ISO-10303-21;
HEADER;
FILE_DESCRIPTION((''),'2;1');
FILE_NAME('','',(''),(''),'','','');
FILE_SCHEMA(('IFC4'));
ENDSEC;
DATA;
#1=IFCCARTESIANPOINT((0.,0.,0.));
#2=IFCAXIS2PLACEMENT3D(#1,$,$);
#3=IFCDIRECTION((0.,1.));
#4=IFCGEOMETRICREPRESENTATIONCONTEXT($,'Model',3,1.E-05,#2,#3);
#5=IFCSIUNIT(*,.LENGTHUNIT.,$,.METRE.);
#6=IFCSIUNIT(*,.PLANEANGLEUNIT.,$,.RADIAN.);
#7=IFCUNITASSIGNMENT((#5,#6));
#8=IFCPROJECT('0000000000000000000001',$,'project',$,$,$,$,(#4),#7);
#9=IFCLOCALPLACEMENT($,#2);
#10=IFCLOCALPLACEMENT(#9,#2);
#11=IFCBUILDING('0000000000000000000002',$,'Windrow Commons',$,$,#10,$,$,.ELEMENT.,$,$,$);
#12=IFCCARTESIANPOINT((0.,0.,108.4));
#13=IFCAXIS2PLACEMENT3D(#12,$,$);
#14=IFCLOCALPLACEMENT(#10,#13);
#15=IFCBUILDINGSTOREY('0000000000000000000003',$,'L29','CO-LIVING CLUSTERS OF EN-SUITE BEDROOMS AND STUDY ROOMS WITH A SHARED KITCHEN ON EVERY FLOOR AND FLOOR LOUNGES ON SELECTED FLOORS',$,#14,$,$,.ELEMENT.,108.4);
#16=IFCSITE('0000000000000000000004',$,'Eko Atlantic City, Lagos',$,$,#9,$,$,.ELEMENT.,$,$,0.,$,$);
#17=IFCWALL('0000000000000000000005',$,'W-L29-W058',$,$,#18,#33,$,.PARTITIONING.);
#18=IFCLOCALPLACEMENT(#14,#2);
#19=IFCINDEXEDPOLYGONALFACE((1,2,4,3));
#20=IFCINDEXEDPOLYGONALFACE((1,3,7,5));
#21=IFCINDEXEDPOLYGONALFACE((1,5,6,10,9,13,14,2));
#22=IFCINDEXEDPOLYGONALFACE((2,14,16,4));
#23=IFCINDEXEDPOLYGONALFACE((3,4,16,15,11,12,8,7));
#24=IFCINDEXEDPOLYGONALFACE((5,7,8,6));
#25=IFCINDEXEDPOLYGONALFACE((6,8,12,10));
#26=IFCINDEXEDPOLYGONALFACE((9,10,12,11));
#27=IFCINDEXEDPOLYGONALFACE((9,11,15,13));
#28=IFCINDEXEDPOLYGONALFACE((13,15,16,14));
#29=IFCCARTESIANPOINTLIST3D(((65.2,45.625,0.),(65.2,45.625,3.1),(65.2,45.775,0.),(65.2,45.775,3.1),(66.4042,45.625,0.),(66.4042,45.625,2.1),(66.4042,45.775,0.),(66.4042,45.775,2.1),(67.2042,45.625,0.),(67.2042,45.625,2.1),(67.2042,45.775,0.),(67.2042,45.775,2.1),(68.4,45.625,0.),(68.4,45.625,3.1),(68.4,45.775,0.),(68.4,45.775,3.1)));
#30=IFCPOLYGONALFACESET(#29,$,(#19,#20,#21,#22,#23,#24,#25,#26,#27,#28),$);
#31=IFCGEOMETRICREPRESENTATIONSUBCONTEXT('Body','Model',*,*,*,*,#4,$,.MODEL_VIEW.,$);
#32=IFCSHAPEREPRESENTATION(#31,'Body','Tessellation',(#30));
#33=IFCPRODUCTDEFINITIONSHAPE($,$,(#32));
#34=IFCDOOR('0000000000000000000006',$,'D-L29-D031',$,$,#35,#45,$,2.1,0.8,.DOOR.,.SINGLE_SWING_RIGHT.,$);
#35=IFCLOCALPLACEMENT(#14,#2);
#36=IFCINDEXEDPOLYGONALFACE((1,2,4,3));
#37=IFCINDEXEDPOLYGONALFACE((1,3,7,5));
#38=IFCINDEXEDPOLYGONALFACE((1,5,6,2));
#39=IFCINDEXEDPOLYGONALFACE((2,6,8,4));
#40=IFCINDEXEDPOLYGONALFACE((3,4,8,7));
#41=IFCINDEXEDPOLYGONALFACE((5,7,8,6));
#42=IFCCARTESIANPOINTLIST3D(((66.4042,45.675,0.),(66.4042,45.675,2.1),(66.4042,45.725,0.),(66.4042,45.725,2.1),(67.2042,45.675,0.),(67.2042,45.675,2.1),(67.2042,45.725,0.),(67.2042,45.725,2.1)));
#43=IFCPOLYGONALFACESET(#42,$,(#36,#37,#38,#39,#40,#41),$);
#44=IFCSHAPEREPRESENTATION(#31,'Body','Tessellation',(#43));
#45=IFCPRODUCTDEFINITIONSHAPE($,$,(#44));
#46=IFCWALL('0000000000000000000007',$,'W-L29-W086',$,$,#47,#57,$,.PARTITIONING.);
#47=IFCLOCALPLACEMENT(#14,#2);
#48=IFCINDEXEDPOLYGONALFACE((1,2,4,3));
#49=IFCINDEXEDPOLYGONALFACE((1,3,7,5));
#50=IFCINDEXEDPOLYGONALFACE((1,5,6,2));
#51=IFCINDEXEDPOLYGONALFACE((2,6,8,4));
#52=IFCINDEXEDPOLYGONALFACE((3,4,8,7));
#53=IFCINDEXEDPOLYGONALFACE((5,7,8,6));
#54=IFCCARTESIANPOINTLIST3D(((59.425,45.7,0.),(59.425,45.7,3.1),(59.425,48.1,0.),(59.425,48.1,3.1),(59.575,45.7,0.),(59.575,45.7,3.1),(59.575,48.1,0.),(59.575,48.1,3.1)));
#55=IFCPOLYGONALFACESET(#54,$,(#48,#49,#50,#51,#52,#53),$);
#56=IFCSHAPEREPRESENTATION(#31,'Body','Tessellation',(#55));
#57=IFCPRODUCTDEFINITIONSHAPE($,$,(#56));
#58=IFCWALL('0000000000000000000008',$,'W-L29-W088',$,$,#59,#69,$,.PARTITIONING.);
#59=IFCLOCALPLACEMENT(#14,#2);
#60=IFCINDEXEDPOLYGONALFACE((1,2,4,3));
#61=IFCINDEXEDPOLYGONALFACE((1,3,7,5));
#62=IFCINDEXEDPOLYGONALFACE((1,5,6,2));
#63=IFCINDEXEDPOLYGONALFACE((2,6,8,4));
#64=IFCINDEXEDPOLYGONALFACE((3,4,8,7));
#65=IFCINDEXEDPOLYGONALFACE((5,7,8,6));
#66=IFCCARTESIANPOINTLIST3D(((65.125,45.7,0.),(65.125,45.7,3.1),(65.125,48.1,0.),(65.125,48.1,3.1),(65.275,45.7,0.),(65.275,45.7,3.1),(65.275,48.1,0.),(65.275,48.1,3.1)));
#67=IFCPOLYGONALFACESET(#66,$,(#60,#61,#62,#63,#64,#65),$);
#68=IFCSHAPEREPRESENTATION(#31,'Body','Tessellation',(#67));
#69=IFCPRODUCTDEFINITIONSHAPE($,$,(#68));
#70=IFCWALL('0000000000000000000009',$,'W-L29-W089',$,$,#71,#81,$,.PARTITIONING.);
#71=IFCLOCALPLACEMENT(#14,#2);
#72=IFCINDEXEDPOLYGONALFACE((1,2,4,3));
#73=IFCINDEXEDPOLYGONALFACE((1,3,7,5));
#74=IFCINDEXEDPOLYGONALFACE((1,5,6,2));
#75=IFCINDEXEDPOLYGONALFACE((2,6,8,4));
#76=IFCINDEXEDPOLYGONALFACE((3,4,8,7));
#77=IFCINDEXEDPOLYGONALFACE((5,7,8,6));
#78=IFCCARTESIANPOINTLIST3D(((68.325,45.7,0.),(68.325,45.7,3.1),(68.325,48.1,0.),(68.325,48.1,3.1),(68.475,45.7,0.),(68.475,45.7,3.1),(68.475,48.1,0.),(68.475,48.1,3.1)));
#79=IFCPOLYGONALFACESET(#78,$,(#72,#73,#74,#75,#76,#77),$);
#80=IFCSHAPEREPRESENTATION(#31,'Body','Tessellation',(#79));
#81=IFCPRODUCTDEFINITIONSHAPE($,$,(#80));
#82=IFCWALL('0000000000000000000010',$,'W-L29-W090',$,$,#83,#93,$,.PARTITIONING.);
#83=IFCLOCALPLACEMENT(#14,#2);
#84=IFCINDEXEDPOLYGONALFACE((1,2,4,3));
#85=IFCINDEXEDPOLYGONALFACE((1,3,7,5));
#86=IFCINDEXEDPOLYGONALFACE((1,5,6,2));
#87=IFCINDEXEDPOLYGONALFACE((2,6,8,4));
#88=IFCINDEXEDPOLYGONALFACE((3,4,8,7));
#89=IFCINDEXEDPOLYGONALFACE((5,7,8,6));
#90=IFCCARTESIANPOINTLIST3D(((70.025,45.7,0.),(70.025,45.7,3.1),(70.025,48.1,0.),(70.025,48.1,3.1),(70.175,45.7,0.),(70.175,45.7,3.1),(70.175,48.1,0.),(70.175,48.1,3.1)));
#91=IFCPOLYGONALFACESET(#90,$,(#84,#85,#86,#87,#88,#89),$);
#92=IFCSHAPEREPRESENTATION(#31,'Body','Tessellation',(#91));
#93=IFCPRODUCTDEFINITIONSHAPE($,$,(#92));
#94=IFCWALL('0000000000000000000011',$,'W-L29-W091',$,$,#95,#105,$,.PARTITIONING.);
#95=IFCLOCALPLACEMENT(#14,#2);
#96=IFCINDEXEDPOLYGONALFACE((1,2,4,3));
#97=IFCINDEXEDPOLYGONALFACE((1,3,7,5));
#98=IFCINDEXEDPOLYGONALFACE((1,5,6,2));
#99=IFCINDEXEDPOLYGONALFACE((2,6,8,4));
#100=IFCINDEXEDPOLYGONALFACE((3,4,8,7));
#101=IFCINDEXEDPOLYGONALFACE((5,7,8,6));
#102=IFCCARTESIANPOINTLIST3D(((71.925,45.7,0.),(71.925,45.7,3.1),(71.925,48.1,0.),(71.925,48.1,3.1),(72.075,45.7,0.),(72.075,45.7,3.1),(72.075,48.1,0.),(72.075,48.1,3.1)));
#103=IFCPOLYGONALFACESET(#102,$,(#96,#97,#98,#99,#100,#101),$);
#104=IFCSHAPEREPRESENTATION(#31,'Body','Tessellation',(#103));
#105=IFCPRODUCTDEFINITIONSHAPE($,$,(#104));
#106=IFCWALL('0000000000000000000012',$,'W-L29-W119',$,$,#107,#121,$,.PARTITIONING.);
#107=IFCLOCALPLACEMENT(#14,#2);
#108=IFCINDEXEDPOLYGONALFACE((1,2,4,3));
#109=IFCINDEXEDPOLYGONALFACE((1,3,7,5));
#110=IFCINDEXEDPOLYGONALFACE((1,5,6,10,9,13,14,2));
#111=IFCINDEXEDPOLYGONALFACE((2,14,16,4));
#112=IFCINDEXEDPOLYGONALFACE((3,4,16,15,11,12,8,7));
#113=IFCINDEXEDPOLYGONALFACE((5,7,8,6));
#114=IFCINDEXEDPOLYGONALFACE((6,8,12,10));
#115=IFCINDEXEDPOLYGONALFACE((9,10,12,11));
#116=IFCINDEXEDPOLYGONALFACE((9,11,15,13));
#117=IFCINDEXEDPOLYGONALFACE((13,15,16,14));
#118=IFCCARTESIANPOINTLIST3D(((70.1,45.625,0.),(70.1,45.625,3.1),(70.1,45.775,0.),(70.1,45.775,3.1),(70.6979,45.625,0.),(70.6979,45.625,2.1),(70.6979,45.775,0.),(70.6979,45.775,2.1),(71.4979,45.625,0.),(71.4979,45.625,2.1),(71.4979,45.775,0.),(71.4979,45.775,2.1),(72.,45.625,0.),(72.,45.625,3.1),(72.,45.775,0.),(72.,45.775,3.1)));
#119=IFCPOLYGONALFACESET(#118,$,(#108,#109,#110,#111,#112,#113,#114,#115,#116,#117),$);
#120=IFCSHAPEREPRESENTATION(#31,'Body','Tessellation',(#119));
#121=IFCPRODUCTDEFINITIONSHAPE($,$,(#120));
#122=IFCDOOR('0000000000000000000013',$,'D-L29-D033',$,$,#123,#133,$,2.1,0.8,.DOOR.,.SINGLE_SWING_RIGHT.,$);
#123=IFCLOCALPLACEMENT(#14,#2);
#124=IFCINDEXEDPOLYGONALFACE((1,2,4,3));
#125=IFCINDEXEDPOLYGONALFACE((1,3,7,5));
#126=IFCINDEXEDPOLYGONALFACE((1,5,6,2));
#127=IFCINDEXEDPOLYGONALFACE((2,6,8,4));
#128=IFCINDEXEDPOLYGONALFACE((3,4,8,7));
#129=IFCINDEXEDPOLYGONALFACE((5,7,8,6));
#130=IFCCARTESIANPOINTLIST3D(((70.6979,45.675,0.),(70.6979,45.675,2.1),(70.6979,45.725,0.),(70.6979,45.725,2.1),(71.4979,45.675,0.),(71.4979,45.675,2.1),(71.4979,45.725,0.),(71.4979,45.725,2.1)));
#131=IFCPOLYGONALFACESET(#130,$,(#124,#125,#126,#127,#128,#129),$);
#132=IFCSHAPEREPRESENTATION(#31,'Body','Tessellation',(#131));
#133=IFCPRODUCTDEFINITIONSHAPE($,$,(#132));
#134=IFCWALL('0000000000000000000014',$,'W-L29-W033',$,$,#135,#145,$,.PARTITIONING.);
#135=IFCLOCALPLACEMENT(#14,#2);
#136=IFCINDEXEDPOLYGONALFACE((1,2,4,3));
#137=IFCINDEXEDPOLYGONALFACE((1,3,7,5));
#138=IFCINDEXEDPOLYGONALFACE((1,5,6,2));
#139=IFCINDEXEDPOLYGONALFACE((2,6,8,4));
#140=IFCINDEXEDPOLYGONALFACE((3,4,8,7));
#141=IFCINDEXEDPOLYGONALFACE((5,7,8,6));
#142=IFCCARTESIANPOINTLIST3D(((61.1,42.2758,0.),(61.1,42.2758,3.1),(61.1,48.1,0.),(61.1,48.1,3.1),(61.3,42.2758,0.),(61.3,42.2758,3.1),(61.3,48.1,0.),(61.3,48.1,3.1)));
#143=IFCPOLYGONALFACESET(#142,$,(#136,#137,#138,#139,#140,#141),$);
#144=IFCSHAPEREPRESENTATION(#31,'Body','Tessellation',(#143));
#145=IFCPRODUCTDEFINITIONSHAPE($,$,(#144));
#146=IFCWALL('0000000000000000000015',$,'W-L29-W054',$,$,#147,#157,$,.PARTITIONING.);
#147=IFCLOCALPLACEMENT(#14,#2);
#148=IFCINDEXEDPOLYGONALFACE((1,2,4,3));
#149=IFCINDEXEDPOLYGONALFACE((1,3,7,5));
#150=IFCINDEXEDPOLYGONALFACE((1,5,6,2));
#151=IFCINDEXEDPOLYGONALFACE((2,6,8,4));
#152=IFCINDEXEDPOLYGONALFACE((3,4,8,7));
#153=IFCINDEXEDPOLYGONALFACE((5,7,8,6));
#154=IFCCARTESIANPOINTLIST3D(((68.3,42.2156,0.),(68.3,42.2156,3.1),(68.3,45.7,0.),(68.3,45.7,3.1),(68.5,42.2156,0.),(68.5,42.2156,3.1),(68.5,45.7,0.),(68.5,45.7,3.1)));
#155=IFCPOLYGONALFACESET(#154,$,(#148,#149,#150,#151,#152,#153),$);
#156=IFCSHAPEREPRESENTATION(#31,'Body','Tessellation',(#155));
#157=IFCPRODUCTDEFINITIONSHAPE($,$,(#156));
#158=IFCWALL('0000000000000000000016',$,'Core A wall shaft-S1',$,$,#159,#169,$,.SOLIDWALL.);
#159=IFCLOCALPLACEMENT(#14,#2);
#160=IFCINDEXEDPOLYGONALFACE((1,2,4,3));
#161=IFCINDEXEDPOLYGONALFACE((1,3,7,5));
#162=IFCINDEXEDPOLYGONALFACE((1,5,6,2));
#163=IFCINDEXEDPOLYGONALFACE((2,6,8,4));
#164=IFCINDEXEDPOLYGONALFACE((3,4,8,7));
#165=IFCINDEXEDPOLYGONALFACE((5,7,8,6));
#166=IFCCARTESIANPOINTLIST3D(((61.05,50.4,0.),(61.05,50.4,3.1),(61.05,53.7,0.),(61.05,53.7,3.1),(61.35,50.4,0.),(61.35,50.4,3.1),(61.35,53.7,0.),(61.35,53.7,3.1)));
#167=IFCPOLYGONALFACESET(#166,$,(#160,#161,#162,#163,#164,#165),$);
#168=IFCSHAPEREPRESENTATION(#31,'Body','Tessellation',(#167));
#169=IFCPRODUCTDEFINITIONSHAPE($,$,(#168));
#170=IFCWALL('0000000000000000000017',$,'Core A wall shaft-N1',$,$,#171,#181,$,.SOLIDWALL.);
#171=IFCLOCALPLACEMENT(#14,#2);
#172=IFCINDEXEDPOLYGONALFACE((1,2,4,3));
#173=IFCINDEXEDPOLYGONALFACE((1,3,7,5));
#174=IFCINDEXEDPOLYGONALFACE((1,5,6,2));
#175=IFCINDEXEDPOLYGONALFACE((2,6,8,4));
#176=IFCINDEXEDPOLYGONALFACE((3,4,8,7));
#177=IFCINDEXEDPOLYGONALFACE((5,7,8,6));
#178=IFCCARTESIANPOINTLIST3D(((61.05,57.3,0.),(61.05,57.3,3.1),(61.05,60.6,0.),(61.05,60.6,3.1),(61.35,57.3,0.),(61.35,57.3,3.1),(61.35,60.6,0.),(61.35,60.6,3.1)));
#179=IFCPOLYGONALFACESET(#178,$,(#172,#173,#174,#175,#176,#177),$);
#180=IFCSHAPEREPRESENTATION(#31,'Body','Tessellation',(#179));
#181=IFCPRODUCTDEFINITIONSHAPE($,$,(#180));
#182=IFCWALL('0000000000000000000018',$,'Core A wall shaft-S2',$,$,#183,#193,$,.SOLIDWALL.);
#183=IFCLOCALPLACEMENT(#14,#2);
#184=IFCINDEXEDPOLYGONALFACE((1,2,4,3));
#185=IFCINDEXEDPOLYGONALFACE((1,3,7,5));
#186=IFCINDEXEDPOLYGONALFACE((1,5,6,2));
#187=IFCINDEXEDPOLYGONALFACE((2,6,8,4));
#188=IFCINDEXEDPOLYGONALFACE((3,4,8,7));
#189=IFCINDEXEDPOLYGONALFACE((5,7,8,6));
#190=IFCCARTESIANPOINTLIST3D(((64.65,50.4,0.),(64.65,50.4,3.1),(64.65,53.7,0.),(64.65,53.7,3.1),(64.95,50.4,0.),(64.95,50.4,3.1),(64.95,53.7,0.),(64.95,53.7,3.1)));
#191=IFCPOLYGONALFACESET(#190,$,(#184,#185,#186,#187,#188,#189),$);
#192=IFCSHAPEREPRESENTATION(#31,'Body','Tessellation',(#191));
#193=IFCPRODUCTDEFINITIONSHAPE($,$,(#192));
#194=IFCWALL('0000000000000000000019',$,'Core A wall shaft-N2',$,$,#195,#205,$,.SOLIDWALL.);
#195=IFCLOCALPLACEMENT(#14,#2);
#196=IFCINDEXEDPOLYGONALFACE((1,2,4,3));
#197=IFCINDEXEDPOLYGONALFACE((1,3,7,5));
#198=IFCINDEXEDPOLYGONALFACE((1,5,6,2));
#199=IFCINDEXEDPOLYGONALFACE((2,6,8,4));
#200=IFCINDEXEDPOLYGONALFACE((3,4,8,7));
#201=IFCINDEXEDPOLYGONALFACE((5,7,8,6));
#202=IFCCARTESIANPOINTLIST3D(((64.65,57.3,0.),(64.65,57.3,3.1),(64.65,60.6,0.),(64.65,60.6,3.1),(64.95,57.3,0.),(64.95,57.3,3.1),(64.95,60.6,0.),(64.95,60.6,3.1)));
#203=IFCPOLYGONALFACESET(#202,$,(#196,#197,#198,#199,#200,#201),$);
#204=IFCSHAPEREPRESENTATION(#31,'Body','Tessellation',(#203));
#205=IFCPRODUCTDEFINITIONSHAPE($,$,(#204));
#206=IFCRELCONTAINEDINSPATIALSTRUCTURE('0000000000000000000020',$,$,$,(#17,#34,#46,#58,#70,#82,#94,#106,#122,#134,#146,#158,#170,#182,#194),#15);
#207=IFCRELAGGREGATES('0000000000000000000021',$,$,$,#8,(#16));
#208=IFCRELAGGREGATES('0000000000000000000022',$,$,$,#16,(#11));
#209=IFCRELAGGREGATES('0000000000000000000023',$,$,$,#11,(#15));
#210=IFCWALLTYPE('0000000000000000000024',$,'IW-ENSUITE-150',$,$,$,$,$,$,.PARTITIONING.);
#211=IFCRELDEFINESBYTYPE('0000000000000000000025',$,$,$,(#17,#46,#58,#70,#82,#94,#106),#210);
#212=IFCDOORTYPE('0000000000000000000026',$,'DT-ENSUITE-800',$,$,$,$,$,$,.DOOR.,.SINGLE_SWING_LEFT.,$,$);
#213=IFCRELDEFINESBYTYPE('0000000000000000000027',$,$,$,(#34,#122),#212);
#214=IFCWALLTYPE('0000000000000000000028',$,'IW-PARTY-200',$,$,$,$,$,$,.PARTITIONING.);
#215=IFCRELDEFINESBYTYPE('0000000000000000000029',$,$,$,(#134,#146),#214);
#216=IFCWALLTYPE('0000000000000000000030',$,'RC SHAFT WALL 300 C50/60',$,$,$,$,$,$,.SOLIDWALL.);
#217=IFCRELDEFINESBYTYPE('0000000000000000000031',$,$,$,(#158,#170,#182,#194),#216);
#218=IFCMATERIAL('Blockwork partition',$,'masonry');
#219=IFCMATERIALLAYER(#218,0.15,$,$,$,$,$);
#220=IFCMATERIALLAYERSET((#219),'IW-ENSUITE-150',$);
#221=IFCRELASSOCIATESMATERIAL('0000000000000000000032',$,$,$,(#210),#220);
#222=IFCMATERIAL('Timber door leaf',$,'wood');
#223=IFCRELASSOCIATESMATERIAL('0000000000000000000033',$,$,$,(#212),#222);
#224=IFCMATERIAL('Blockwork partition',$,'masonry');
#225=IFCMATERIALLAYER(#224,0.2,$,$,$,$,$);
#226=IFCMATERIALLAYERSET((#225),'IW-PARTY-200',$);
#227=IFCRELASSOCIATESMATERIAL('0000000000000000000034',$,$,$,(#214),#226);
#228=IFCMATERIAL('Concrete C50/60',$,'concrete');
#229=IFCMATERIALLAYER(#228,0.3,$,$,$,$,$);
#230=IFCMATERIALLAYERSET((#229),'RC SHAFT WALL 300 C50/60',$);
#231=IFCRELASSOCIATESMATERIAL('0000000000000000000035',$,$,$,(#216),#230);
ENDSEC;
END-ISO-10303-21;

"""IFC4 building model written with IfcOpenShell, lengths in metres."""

from ifc_helpers import new_model, si_unit, direction, frame, frame_2d, origin, place, context, subcontext, project, spatial, rectangle, extrude, material, layer, layer_set, type_object, element, fill, save


model = new_model("IFC4")

# Units and contexts
model_context = context("Model", 3, precision=1e-05, world=origin(), true_north=direction((0.0, 1.0)))
body_context = subcontext(model_context, "Body", "Model", "MODEL_VIEW")
ifc_project = project(units=[si_unit("LENGTHUNIT", "METRE"), si_unit("PLANEANGLEUNIT", "RADIAN")], contexts=[model_context])

# Site, building, storey
site_placement = place(None, origin())
site = spatial("IfcSite", under=ifc_project, at=site_placement, Name="Eko Atlantic City, Lagos", CompositionType="ELEMENT", RefElevation=0.0)
building_placement = place(site_placement, origin())
building = spatial("IfcBuilding", under=site, at=building_placement, Name="Windrow Commons", CompositionType="ELEMENT")
storey_placement = place(building_placement, frame((0.0, 0.0, 108.4)))
storey = spatial("IfcBuildingStorey", under=building, at=storey_placement, Name="L29", Description="CO-LIVING CLUSTERS OF EN-SUITE BEDROOMS AND STUDY ROOMS WITH A SHARED KITCHEN ON EVERY FLOOR AND FLOOR LOUNGES ON SELECTED FLOORS", CompositionType="ELEMENT", Elevation=108.4)

# Wall, opening, door
ifc_material_1 = material(Name="Blockwork partition", Category="masonry")
ifc_layer_1 = layer(ifc_material_1, 0.15)
ifc_layer_set_1 = layer_set([ifc_layer_1], Name="IW-ENSUITE-150")
wall_type_1 = type_object("IfcWallType", Name="IW-ENSUITE-150", PredefinedType="PARTITIONING", material=ifc_layer_set_1)
wall_1_placement = place(storey_placement, frame((65.2, 45.7, 0.0), z_axis=(0.0, 0.0, 1.0), x_axis=(1.0, 0.0, 0.0)))
wall_1 = element("IfcWall", 1, at=wall_1_placement, inside=storey, type_object=wall_type_1, Name="W-L29-W058", PredefinedType="PARTITIONING", context=body_context, shape_type="SweptSolid", body=[
    extrude(rectangle(XDim=3.2, YDim=0.15, at=frame_2d((1.6, 0.0))), origin(), (0.0, 0.0, 1.0), 3.1),
])
opening_1_placement = place(wall_1_placement, frame((1.2042, 0.0, 0.0)))
opening_1 = element("IfcOpeningElement", 2, at=opening_1_placement, cuts=wall_1, PredefinedType="OPENING", context=body_context, shape_type="SweptSolid", body=[
    extrude(rectangle(XDim=0.8, YDim=2.1, at=frame_2d((0.4, 1.05))), frame((0.0, 0.085, 0.0), z_axis=(0.0, -1.0, 0.0), x_axis=(1.0, 0.0, 0.0)), (0.0, 0.0, 1.0), 0.17),
])
ifc_material_2 = material(Name="Timber door leaf", Category="wood")
door_type = type_object("IfcDoorType", Name="DT-ENSUITE-800", OperationType="SINGLE_SWING_LEFT", PredefinedType="DOOR", material=ifc_material_2)
door_1_placement = place(opening_1_placement, origin())
door_1 = element("IfcDoor", 3, at=door_1_placement, inside=storey, type_object=door_type, Name="D-L29-D031", OperationType="SINGLE_SWING_RIGHT", OverallHeight=2.1, OverallWidth=0.8, PredefinedType="DOOR", context=body_context, shape_type="SweptSolid", body=[
    extrude(rectangle(XDim=0.8, YDim=2.1, at=frame_2d((0.4, 1.05))), frame((0.0, 0.025, 0.0), z_axis=(0.0, -1.0, 0.0), x_axis=(1.0, 0.0, 0.0)), (0.0, 0.0, 1.0), 0.05),
])
fill(opening_1, door_1)

# Walls
for number, where, z_axis, x_axis, name in (
    (4, (59.5, 45.7, 0.0), (0.0, 0.0, 1.0), (0.0, 1.0, 0.0), "W-L29-W086"),
    (5, (65.2, 45.7, 0.0), (0.0, 0.0, 1.0), (0.0, 1.0, 0.0), "W-L29-W088"),
    (6, (68.4, 45.7, 0.0), (0.0, 0.0, 1.0), (0.0, 1.0, 0.0), "W-L29-W089"),
    (7, (70.1, 45.7, 0.0), (0.0, 0.0, 1.0), (0.0, 1.0, 0.0), "W-L29-W090"),
    (8, (72.0, 45.7, 0.0), (0.0, 0.0, 1.0), (0.0, 1.0, 0.0), "W-L29-W091"),
):
    element("IfcWall", number, at=place(storey_placement, frame(where, z_axis=z_axis, x_axis=x_axis)), inside=storey, type_object=wall_type_1, Name=name, PredefinedType="PARTITIONING", context=body_context, shape_type="SweptSolid", body=[
        extrude(rectangle(XDim=2.4, YDim=0.15, at=frame_2d((1.2, 0.0))), origin(), (0.0, 0.0, 1.0), 3.1),
    ])

# Wall, opening, door
wall_2_placement = place(storey_placement, frame((70.1, 45.7, 0.0), z_axis=(0.0, 0.0, 1.0), x_axis=(1.0, 0.0, 0.0)))
wall_2 = element("IfcWall", 9, at=wall_2_placement, inside=storey, type_object=wall_type_1, Name="W-L29-W119", PredefinedType="PARTITIONING", context=body_context, shape_type="SweptSolid", body=[
    extrude(rectangle(XDim=1.9, YDim=0.15, at=frame_2d((0.95, 0.0))), origin(), (0.0, 0.0, 1.0), 3.1),
])
opening_2_placement = place(wall_2_placement, frame((0.5979, 0.0, 0.0)))
opening_2 = element("IfcOpeningElement", 10, at=opening_2_placement, cuts=wall_2, PredefinedType="OPENING", context=body_context, shape_type="SweptSolid", body=[
    extrude(rectangle(XDim=0.8, YDim=2.1, at=frame_2d((0.4, 1.05))), frame((0.0, 0.085, 0.0), z_axis=(0.0, -1.0, 0.0), x_axis=(1.0, 0.0, 0.0)), (0.0, 0.0, 1.0), 0.17),
])
door_2_placement = place(opening_2_placement, origin())
door_2 = element("IfcDoor", 11, at=door_2_placement, inside=storey, type_object=door_type, Name="D-L29-D033", OperationType="SINGLE_SWING_RIGHT", OverallHeight=2.1, OverallWidth=0.8, PredefinedType="DOOR", context=body_context, shape_type="SweptSolid", body=[
    extrude(rectangle(XDim=0.8, YDim=2.1, at=frame_2d((0.4, 1.05))), frame((0.0, 0.025, 0.0), z_axis=(0.0, -1.0, 0.0), x_axis=(1.0, 0.0, 0.0)), (0.0, 0.0, 1.0), 0.05),
])
fill(opening_2, door_2)

# Walls
ifc_material_3 = material(Name="Blockwork partition", Category="masonry")
ifc_layer_2 = layer(ifc_material_3, 0.2)
ifc_layer_set_2 = layer_set([ifc_layer_2], Name="IW-PARTY-200")
wall_type_2 = type_object("IfcWallType", Name="IW-PARTY-200", PredefinedType="PARTITIONING", material=ifc_layer_set_2)
wall_3_placement = place(storey_placement, frame((61.2, 42.2758, 0.0), z_axis=(0.0, 0.0, 1.0), x_axis=(0.0, 1.0, 0.0)))
element("IfcWall", 12, at=wall_3_placement, inside=storey, type_object=wall_type_2, Name="W-L29-W033", PredefinedType="PARTITIONING", context=body_context, shape_type="SweptSolid", body=[
    extrude(rectangle(XDim=5.8242, YDim=0.2, at=frame_2d((2.9121, 0.0))), origin(), (0.0, 0.0, 1.0), 3.1),
])
wall_4_placement = place(storey_placement, frame((68.4, 42.2155, 0.0), z_axis=(0.0, 0.0, 1.0), x_axis=(0.0, 1.0, 0.0)))
element("IfcWall", 13, at=wall_4_placement, inside=storey, type_object=wall_type_2, Name="W-L29-W054", PredefinedType="PARTITIONING", context=body_context, shape_type="SweptSolid", body=[
    extrude(rectangle(XDim=3.4845, YDim=0.2, at=frame_2d((1.7423, 0.0))), origin(), (0.0, 0.0, 1.0), 3.1),
])
ifc_material_4 = material(Name="Concrete C50/60", Category="concrete")
ifc_layer_3 = layer(ifc_material_4, 0.3)
ifc_layer_set_3 = layer_set([ifc_layer_3], Name="RC SHAFT WALL 300 C50/60")
wall_type_3 = type_object("IfcWallType", Name="RC SHAFT WALL 300 C50/60", PredefinedType="SOLIDWALL", material=ifc_layer_set_3)
for number, where, z_axis, x_axis, name in (
    (14, (61.2, 50.4, 0.0), (0.0, 0.0, 1.0), (0.0, 1.0, 0.0), "Core A wall shaft-S1"),
    (15, (61.2, 57.3, 0.0), (0.0, 0.0, 1.0), (0.0, 1.0, 0.0), "Core A wall shaft-N1"),
    (16, (64.8, 50.4, 0.0), (0.0, 0.0, 1.0), (0.0, 1.0, 0.0), "Core A wall shaft-S2"),
    (17, (64.8, 57.3, 0.0), (0.0, 0.0, 1.0), (0.0, 1.0, 0.0), "Core A wall shaft-N2"),
):
    element("IfcWall", number, at=place(storey_placement, frame(where, z_axis=z_axis, x_axis=x_axis)), inside=storey, type_object=wall_type_3, Name=name, PredefinedType="SOLIDWALL", context=body_context, shape_type="SweptSolid", body=[
        extrude(rectangle(XDim=3.3, YDim=0.3, at=frame_2d((1.65, 0.0))), origin(), (0.0, 0.0, 1.0), 3.1),
    ])

save(model, "model.ifc")
